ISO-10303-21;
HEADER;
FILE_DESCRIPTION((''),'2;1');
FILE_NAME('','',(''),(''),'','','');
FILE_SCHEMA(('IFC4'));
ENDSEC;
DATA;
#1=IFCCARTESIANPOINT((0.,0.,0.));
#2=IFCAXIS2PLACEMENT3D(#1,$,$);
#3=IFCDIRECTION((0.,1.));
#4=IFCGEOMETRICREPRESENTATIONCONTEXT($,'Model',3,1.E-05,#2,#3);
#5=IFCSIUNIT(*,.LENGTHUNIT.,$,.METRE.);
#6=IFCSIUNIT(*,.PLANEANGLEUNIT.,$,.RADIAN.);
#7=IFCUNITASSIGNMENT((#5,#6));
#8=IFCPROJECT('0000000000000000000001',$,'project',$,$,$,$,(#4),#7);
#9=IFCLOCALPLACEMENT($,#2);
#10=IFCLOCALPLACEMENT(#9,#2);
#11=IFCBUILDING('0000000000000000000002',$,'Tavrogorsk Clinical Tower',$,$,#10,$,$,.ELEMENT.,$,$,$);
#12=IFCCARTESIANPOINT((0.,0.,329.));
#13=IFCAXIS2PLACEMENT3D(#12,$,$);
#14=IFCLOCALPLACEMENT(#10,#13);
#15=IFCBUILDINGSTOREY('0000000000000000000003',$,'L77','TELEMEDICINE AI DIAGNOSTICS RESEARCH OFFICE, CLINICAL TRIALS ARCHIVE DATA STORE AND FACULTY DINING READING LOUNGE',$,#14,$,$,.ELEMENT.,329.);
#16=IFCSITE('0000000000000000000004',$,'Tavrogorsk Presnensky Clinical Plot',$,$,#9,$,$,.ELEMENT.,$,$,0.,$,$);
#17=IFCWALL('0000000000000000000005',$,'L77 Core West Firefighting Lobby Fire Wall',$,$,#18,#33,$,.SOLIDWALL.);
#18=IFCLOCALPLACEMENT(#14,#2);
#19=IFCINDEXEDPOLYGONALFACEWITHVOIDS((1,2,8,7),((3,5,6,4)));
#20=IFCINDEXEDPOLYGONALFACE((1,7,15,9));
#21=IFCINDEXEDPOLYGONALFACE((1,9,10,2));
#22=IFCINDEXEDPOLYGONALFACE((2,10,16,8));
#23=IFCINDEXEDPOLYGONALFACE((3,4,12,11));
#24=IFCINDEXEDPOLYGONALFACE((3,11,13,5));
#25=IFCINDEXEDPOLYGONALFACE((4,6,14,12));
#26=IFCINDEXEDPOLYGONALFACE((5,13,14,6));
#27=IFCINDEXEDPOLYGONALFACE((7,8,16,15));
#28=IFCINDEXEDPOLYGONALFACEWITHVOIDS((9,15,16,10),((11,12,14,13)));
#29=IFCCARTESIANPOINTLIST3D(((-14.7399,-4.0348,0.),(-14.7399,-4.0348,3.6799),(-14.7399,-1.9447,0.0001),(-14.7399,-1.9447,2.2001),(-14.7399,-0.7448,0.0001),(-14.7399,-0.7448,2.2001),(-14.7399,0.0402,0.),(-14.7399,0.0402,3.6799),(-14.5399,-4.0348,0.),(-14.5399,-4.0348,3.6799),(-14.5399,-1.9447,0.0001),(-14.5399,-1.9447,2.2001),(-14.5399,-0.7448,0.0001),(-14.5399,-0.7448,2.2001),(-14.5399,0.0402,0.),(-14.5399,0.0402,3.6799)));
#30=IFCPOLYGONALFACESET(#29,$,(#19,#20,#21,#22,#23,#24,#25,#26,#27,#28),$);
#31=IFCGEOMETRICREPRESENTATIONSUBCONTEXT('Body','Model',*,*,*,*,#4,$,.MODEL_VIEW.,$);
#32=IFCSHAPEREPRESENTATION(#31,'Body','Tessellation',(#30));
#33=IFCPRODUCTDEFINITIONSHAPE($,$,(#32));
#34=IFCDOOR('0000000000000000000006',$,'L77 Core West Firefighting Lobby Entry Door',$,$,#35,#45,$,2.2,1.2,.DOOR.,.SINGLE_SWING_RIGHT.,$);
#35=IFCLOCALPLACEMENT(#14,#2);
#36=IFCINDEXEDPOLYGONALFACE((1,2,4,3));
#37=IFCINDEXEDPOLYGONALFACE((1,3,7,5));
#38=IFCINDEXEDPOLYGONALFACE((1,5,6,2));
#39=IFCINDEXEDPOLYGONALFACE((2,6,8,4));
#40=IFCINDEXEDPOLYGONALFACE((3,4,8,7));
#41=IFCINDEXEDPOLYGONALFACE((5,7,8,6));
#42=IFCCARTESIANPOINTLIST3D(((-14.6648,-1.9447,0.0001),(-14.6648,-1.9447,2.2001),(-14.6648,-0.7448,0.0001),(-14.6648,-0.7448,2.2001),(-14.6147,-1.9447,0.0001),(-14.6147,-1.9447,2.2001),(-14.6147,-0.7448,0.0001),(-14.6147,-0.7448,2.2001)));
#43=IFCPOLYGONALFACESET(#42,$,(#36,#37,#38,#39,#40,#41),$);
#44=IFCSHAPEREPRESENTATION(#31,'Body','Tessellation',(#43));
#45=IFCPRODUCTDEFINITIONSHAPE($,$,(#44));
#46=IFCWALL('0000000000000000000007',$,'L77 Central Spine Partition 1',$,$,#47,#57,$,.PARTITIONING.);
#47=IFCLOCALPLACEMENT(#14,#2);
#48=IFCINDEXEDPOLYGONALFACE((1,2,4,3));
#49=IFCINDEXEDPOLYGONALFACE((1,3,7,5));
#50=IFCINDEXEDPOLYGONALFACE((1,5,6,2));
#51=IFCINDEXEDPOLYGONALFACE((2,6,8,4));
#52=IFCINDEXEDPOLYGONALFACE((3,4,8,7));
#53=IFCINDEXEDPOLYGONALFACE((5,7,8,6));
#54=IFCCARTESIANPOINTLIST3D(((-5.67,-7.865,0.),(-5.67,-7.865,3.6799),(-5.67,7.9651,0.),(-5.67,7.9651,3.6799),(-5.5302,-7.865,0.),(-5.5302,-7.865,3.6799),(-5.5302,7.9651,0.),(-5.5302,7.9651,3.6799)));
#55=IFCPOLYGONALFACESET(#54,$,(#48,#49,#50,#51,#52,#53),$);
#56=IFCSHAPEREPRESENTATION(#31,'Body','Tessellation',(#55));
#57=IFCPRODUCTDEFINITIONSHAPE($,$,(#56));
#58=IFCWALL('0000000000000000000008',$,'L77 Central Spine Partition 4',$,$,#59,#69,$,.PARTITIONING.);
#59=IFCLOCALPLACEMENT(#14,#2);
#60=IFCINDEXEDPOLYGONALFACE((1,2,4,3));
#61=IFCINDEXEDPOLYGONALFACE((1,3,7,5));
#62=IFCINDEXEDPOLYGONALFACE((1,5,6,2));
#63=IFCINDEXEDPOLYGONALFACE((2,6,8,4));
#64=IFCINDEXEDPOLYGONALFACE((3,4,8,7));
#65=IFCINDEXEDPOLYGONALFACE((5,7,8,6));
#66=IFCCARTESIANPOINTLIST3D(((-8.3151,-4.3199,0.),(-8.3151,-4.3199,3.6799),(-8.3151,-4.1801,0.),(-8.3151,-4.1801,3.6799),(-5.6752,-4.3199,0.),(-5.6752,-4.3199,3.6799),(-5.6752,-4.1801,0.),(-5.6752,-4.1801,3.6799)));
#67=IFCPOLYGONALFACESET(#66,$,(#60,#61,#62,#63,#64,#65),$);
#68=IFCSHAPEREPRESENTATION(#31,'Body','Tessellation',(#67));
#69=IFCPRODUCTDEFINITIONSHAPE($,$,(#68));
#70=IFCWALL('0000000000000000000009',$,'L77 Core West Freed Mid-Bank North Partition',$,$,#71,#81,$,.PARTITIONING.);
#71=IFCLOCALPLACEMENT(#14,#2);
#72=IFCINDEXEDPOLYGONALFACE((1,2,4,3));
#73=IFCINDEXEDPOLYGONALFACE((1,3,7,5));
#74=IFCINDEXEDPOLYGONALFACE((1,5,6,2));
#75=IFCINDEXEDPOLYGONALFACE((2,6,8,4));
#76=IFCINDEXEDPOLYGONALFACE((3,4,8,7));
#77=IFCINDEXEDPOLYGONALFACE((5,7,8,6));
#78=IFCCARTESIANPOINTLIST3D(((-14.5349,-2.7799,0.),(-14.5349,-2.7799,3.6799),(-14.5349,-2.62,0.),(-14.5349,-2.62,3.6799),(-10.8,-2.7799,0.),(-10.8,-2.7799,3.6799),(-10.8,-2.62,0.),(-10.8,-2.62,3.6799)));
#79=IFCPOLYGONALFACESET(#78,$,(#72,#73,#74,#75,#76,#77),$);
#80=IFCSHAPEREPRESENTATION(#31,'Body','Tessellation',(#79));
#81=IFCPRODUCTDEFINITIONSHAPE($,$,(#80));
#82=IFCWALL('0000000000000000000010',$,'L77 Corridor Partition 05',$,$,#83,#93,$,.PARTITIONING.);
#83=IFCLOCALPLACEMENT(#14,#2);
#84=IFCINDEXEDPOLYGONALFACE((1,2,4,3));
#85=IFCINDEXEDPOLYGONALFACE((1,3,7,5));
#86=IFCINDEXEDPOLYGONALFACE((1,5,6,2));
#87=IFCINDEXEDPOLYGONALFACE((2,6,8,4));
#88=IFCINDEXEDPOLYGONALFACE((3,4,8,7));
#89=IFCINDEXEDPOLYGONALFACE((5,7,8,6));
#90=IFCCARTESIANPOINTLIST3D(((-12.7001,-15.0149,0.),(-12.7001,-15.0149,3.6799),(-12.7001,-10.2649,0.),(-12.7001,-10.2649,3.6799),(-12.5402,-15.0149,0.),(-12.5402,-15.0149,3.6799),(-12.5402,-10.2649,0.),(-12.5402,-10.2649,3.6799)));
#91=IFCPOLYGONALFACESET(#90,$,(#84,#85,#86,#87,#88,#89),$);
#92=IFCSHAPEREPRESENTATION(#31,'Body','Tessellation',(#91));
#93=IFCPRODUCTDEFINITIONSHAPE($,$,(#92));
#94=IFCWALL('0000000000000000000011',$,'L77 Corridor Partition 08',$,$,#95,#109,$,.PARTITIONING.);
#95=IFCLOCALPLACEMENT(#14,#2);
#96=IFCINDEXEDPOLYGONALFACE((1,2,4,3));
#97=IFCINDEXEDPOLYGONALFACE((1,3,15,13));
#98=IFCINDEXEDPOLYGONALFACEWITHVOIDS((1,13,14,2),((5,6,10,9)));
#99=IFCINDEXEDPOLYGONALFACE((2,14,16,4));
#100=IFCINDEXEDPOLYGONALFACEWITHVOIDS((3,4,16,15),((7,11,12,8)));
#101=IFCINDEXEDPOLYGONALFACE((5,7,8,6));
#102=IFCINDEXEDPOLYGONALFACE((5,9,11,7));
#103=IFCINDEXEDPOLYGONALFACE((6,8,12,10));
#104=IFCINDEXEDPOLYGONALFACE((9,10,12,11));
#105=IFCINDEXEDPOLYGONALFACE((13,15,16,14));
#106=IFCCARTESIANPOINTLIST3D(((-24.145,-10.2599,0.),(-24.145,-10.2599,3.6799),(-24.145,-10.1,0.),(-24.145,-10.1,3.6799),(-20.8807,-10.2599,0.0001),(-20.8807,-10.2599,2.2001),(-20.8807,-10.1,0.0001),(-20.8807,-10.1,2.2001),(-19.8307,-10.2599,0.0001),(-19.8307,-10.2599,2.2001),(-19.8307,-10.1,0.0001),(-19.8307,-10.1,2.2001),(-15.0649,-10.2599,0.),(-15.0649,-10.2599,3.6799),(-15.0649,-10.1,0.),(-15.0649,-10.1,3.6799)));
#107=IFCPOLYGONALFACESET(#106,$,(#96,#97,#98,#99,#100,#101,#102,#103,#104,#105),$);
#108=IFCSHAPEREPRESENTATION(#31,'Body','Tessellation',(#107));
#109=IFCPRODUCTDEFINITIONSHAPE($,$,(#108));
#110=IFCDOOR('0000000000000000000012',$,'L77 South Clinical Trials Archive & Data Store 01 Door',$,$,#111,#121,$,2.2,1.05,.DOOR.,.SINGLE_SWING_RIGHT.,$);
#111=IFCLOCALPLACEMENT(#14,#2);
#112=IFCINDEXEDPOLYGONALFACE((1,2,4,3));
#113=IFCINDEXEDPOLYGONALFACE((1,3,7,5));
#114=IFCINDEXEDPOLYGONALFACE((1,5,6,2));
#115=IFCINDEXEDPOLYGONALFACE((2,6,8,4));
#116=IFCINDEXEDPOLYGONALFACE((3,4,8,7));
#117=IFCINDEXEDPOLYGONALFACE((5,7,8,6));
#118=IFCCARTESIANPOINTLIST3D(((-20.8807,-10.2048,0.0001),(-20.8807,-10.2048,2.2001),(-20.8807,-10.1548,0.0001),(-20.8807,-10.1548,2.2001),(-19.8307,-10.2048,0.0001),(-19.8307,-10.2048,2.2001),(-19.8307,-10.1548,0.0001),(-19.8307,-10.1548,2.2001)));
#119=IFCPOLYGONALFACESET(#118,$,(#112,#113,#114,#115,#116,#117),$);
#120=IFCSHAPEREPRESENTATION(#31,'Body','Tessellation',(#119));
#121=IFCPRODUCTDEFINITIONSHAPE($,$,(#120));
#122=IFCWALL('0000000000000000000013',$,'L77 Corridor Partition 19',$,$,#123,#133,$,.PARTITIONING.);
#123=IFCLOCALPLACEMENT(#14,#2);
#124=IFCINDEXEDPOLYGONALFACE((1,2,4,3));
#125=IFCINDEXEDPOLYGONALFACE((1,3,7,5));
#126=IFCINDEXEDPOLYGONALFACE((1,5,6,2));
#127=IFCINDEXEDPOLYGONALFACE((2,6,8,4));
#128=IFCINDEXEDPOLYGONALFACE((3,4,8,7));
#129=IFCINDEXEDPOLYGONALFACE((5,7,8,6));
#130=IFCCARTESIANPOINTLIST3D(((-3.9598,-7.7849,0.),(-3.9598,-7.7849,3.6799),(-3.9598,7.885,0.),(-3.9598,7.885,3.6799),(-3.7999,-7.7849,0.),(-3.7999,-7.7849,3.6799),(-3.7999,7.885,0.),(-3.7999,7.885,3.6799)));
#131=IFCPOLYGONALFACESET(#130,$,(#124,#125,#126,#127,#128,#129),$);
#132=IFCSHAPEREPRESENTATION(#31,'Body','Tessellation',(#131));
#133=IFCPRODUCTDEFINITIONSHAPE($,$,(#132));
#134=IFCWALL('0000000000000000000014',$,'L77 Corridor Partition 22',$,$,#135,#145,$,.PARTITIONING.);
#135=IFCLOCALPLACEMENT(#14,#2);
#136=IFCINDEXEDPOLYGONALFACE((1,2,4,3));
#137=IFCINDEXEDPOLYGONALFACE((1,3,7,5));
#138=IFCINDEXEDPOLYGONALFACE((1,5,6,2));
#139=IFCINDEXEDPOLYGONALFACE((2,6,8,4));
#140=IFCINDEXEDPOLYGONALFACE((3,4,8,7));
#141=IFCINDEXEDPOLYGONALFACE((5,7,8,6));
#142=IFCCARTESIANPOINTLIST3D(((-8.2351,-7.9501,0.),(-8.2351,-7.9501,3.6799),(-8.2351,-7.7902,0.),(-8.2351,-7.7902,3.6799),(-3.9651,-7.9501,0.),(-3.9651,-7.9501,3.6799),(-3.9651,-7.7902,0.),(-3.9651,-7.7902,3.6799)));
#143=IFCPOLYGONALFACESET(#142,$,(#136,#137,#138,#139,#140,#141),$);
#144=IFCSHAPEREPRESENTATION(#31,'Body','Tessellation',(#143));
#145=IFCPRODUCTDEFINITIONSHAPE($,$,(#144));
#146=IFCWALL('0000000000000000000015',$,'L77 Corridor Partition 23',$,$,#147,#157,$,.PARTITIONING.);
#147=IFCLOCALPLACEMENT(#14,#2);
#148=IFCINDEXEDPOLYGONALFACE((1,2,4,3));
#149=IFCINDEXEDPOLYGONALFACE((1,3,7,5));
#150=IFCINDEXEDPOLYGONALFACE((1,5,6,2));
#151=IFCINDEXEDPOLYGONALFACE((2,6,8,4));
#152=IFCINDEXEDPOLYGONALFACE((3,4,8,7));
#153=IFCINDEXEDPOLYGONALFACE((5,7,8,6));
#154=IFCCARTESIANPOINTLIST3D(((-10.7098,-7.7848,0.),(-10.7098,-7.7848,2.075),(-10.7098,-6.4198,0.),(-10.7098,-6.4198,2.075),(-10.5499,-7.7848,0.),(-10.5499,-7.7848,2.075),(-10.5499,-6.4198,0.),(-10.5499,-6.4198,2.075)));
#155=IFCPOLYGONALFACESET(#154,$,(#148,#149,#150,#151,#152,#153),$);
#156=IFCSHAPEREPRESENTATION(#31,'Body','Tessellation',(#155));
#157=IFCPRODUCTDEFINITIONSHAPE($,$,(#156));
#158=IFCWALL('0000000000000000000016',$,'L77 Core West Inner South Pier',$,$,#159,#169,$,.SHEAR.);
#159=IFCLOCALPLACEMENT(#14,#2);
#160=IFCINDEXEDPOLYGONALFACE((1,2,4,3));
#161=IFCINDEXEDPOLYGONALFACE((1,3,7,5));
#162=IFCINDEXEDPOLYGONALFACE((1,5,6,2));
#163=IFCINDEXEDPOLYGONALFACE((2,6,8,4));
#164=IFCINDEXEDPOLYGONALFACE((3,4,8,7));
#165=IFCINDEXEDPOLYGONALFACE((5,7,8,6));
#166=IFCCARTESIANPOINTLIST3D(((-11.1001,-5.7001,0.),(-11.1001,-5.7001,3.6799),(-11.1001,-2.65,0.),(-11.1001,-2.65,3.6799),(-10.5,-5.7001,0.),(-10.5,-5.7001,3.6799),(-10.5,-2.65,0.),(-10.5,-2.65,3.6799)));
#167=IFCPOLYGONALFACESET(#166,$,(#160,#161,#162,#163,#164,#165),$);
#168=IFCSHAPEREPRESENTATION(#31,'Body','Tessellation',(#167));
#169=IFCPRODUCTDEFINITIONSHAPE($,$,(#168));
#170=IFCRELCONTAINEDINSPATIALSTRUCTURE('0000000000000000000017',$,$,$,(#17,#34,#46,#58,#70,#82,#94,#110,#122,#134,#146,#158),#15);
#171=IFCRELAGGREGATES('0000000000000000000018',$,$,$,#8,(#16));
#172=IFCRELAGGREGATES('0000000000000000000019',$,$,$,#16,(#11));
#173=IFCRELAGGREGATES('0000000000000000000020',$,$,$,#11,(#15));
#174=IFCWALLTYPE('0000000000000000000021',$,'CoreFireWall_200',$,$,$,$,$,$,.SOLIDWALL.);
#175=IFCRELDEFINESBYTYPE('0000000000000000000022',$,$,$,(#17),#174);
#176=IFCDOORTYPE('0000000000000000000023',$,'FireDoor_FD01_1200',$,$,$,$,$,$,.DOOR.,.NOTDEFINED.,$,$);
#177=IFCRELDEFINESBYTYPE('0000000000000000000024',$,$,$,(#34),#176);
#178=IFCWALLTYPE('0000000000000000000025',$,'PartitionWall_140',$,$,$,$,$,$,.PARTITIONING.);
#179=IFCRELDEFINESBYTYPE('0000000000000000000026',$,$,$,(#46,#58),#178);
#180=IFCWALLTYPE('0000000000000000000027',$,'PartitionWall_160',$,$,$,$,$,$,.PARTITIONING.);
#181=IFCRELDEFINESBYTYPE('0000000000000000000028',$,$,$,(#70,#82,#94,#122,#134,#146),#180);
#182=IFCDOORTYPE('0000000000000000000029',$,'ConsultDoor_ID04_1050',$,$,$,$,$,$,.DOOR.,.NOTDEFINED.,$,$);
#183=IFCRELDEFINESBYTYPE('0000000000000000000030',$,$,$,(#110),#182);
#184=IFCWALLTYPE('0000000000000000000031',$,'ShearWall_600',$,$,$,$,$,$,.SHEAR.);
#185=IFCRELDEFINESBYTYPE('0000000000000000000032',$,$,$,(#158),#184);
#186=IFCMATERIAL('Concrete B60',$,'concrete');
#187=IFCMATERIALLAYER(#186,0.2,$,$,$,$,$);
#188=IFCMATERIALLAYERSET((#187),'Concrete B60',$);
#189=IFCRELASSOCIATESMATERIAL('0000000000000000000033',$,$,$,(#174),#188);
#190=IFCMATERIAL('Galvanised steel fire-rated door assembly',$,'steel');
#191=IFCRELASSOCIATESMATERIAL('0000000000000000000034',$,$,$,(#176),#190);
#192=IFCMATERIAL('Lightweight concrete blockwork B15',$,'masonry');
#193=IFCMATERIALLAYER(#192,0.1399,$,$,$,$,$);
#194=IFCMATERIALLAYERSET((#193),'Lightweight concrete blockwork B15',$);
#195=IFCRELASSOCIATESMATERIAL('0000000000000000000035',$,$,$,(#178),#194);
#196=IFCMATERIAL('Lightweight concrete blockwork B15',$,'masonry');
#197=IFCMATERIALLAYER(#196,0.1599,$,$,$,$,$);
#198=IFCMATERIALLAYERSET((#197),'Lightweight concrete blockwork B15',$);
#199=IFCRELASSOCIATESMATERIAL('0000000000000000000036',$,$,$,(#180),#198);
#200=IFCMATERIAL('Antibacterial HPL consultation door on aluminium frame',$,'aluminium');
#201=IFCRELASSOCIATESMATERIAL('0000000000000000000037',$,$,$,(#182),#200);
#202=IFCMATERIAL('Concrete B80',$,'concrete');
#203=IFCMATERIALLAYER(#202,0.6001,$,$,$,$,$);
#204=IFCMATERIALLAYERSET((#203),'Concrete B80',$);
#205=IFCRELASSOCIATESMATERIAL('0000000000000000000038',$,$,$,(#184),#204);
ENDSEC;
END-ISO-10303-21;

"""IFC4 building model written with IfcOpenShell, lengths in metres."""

from ifc_helpers import new_model, si_unit, direction, frame, frame_2d, origin, place, context, subcontext, project, spatial, rectangle, extrude, material, layer, layer_set, type_object, element, fill, save


model = new_model("IFC4")

# Units and contexts
model_context = context("Model", 3, precision=1e-05, world=origin(), true_north=direction((0.0, 1.0)))
body_context = subcontext(model_context, "Body", "Model", "MODEL_VIEW")
ifc_project = project(units=[si_unit("LENGTHUNIT", "METRE"), si_unit("PLANEANGLEUNIT", "RADIAN")], contexts=[model_context])

# Site, building, storey
site_placement = place(None, origin())
site = spatial("IfcSite", under=ifc_project, at=site_placement, Name="Tavrogorsk Presnensky Clinical Plot", CompositionType="ELEMENT", RefElevation=0.0)
building_placement = place(site_placement, origin())
building = spatial("IfcBuilding", under=site, at=building_placement, Name="Tavrogorsk Clinical Tower", CompositionType="ELEMENT")
storey_placement = place(building_placement, frame((0.0, 0.0, 329.0)))
storey = spatial("IfcBuildingStorey", under=building, at=storey_placement, Name="L77", Description="TELEMEDICINE AI DIAGNOSTICS RESEARCH OFFICE, CLINICAL TRIALS ARCHIVE DATA STORE AND FACULTY DINING READING LOUNGE", CompositionType="ELEMENT", Elevation=329.0)

# Wall, opening, door
ifc_material_1 = material(Name="Concrete B60", Category="concrete")
ifc_layer_1 = layer(ifc_material_1, 0.2)
ifc_layer_set_1 = layer_set([ifc_layer_1], Name="Concrete B60")
wall_type_1 = type_object("IfcWallType", Name="CoreFireWall_200", PredefinedType="SOLIDWALL", material=ifc_layer_set_1)
wall_1_placement = place(storey_placement, frame((-14.6399, -4.0349, 0.0), z_axis=(0.0, 0.0, 1.0), x_axis=(0.0, 1.0, 0.0)))
wall_1 = element("IfcWall", 1, at=wall_1_placement, inside=storey, type_object=wall_type_1, Name="L77 Core West Firefighting Lobby Fire Wall", PredefinedType="SOLIDWALL", context=body_context, shape_type="SweptSolid", body=[
    extrude(rectangle(XDim=4.075, YDim=0.2, at=frame_2d((2.0376, 0.0))), origin(), (0.0, 0.0, 1.0), 3.6799),
])
opening_1_placement = place(wall_1_placement, frame((2.0901, 0.0, 0.0)))
opening_1 = element("IfcOpeningElement", 2, at=opening_1_placement, cuts=wall_1, PredefinedType="OPENING", context=body_context, shape_type="SweptSolid", body=[
    extrude(rectangle(XDim=1.2, YDim=2.2, at=frame_2d((0.6001, 1.1001))), frame((0.0, 0.1099, 0.0), z_axis=(0.0, -1.0, 0.0), x_axis=(1.0, 0.0, 0.0)), (0.0, 0.0, 1.0), 0.22),
])
ifc_material_2 = material(Name="Galvanised steel fire-rated door assembly", Category="steel")
door_type_1 = type_object("IfcDoorType", Name="FireDoor_FD01_1200", OperationType="NOTDEFINED", PredefinedType="DOOR", material=ifc_material_2)
door_1_placement = place(opening_1_placement, origin())
door_1 = element("IfcDoor", 3, at=door_1_placement, inside=storey, type_object=door_type_1, Name="L77 Core West Firefighting Lobby Entry Door", OperationType="SINGLE_SWING_RIGHT", OverallHeight=2.2, OverallWidth=1.2, PredefinedType="DOOR", context=body_context, shape_type="SweptSolid", body=[
    extrude(rectangle(XDim=1.2, YDim=2.2, at=frame_2d((0.6001, 1.1001))), frame((0.0, 0.0249, 0.0), z_axis=(0.0, -1.0, 0.0), x_axis=(1.0, 0.0, 0.0)), (0.0, 0.0, 1.0), 0.05),
])
fill(opening_1, door_1)

# Walls
ifc_material_3 = material(Name="Lightweight concrete blockwork B15", Category="masonry")
ifc_layer_2 = layer(ifc_material_3, 0.1399)
ifc_layer_set_2 = layer_set([ifc_layer_2], Name="Lightweight concrete blockwork B15")
wall_type_2 = type_object("IfcWallType", Name="PartitionWall_140", PredefinedType="PARTITIONING", material=ifc_layer_set_2)
wall_2_placement = place(storey_placement, frame((-5.6001, -7.865, 0.0), z_axis=(0.0, 0.0, 1.0), x_axis=(0.0, 1.0, 0.0)))
element("IfcWall", 4, at=wall_2_placement, inside=storey, type_object=wall_type_2, Name="L77 Central Spine Partition 1", PredefinedType="PARTITIONING", context=body_context, shape_type="SweptSolid", body=[
    extrude(rectangle(XDim=15.8301, YDim=0.1399, at=frame_2d((7.915, 0.0))), origin(), (0.0, 0.0, 1.0), 3.6799),
])
wall_3_placement = place(storey_placement, frame((-8.3149, -4.25, 0.0), z_axis=(0.0, 0.0, 1.0), x_axis=(1.0, 0.0, 0.0)))
element("IfcWall", 5, at=wall_3_placement, inside=storey, type_object=wall_type_2, Name="L77 Central Spine Partition 4", PredefinedType="PARTITIONING", context=body_context, shape_type="SweptSolid", body=[
    extrude(rectangle(XDim=2.6399, YDim=0.1399, at=frame_2d((1.3198, 0.0))), origin(), (0.0, 0.0, 1.0), 3.6799),
])
ifc_material_4 = material(Name="Lightweight concrete blockwork B15", Category="masonry")
ifc_layer_3 = layer(ifc_material_4, 0.1599)
ifc_layer_set_3 = layer_set([ifc_layer_3], Name="Lightweight concrete blockwork B15")
wall_type_3 = type_object("IfcWallType", Name="PartitionWall_160", PredefinedType="PARTITIONING", material=ifc_layer_set_3)
wall_4_placement = place(storey_placement, frame((-14.5349, -2.7, 0.0), z_axis=(0.0, 0.0, 1.0), x_axis=(1.0, 0.0, 0.0)))
element("IfcWall", 6, at=wall_4_placement, inside=storey, type_object=wall_type_3, Name="L77 Core West Freed Mid-Bank North Partition", PredefinedType="PARTITIONING", context=body_context, shape_type="SweptSolid", body=[
    extrude(rectangle(XDim=3.7349, YDim=0.1599, at=frame_2d((1.8674, 0.0))), origin(), (0.0, 0.0, 1.0), 3.6799),
])
wall_5_placement = place(storey_placement, frame((-12.6201, -10.2649, 0.0), z_axis=(0.0, 0.0, 1.0), x_axis=(0.0, -1.0, 0.0)))
element("IfcWall", 7, at=wall_5_placement, inside=storey, type_object=wall_type_3, Name="L77 Corridor Partition 05", PredefinedType="PARTITIONING", context=body_context, shape_type="SweptSolid", body=[
    extrude(rectangle(XDim=4.75, YDim=0.1599, at=frame_2d((2.375, 0.0))), origin(), (0.0, 0.0, 1.0), 3.6799),
])

# Wall, opening, door
wall_6_placement = place(storey_placement, frame((-15.0649, -10.1799, 0.0), z_axis=(0.0, 0.0, 1.0), x_axis=(-1.0, 0.0, 0.0)))
wall_6 = element("IfcWall", 8, at=wall_6_placement, inside=storey, type_object=wall_type_3, Name="L77 Corridor Partition 08", PredefinedType="PARTITIONING", context=body_context, shape_type="SweptSolid", body=[
    extrude(rectangle(XDim=9.0801, YDim=0.1599, at=frame_2d((4.54, 0.0))), origin(), (0.0, 0.0, 1.0), 3.6799),
])
opening_2_placement = place(wall_6_placement, frame((4.7659, 0.0, 0.0)))
opening_2 = element("IfcOpeningElement", 9, at=opening_2_placement, cuts=wall_6, PredefinedType="OPENING", context=body_context, shape_type="SweptSolid", body=[
    extrude(rectangle(XDim=1.05, YDim=2.2, at=frame_2d((0.5249, 1.1001))), frame((0.0, 0.0898, 0.0), z_axis=(0.0, -1.0, 0.0), x_axis=(1.0, 0.0, 0.0)), (0.0, 0.0, 1.0), 0.1799),
])
ifc_material_5 = material(Name="Antibacterial HPL consultation door on aluminium frame", Category="aluminium")
door_type_2 = type_object("IfcDoorType", Name="ConsultDoor_ID04_1050", OperationType="NOTDEFINED", PredefinedType="DOOR", material=ifc_material_5)
door_2_placement = place(opening_2_placement, origin())
door_2 = element("IfcDoor", 10, at=door_2_placement, inside=storey, type_object=door_type_2, Name="L77 South Clinical Trials Archive & Data Store 01 Door", OperationType="SINGLE_SWING_RIGHT", OverallHeight=2.2, OverallWidth=1.05, PredefinedType="DOOR", context=body_context, shape_type="SweptSolid", body=[
    extrude(rectangle(XDim=1.05, YDim=2.2, at=frame_2d((0.5249, 1.1001))), frame((0.0, 0.0249, 0.0), z_axis=(0.0, -1.0, 0.0), x_axis=(1.0, 0.0, 0.0)), (0.0, 0.0, 1.0), 0.05),
])
fill(opening_2, door_2)

# Walls
wall_7_placement = place(storey_placement, frame((-3.8799, -7.7849, 0.0), z_axis=(0.0, 0.0, 1.0), x_axis=(0.0, 1.0, 0.0)))
element("IfcWall", 11, at=wall_7_placement, inside=storey, type_object=wall_type_3, Name="L77 Corridor Partition 19", PredefinedType="PARTITIONING", context=body_context, shape_type="SweptSolid", body=[
    extrude(rectangle(XDim=15.6699, YDim=0.1599, at=frame_2d((7.835, 0.0))), origin(), (0.0, 0.0, 1.0), 3.6799),
])
wall_8_placement = place(storey_placement, frame((-8.2351, -7.8701, 0.0), z_axis=(0.0, 0.0, 1.0), x_axis=(1.0, 0.0, 0.0)))
element("IfcWall", 12, at=wall_8_placement, inside=storey, type_object=wall_type_3, Name="L77 Corridor Partition 22", PredefinedType="PARTITIONING", context=body_context, shape_type="SweptSolid", body=[
    extrude(rectangle(XDim=4.27, YDim=0.1599, at=frame_2d((2.135, 0.0))), origin(), (0.0, 0.0, 1.0), 3.6799),
])
wall_9_placement = place(storey_placement, frame((-10.6299, -7.7849, 0.0), z_axis=(0.0, 0.0, 1.0), x_axis=(0.0, 1.0, 0.0)))
element("IfcWall", 13, at=wall_9_placement, inside=storey, type_object=wall_type_3, Name="L77 Corridor Partition 23", PredefinedType="PARTITIONING", context=body_context, shape_type="SweptSolid", body=[
    extrude(rectangle(XDim=1.365, YDim=0.1599, at=frame_2d((0.6826, 0.0))), origin(), (0.0, 0.0, 1.0), 2.075),
])
ifc_material_6 = material(Name="Concrete B80", Category="concrete")
ifc_layer_4 = layer(ifc_material_6, 0.6001)
ifc_layer_set_4 = layer_set([ifc_layer_4], Name="Concrete B80")
wall_type_4 = type_object("IfcWallType", Name="ShearWall_600", PredefinedType="SHEAR", material=ifc_layer_set_4)
wall_10_placement = place(storey_placement, frame((-10.8, -5.7, 0.0), z_axis=(0.0, 0.0, 1.0), x_axis=(0.0, 1.0, 0.0)))
element("IfcWall", 14, at=wall_10_placement, inside=storey, type_object=wall_type_4, Name="L77 Core West Inner South Pier", PredefinedType="SHEAR", context=body_context, shape_type="SweptSolid", body=[
    extrude(rectangle(XDim=3.05, YDim=0.6001, at=frame_2d((1.5249, 0.0))), origin(), (0.0, 0.0, 1.0), 3.6799),
])

save(model, "model.ifc")
